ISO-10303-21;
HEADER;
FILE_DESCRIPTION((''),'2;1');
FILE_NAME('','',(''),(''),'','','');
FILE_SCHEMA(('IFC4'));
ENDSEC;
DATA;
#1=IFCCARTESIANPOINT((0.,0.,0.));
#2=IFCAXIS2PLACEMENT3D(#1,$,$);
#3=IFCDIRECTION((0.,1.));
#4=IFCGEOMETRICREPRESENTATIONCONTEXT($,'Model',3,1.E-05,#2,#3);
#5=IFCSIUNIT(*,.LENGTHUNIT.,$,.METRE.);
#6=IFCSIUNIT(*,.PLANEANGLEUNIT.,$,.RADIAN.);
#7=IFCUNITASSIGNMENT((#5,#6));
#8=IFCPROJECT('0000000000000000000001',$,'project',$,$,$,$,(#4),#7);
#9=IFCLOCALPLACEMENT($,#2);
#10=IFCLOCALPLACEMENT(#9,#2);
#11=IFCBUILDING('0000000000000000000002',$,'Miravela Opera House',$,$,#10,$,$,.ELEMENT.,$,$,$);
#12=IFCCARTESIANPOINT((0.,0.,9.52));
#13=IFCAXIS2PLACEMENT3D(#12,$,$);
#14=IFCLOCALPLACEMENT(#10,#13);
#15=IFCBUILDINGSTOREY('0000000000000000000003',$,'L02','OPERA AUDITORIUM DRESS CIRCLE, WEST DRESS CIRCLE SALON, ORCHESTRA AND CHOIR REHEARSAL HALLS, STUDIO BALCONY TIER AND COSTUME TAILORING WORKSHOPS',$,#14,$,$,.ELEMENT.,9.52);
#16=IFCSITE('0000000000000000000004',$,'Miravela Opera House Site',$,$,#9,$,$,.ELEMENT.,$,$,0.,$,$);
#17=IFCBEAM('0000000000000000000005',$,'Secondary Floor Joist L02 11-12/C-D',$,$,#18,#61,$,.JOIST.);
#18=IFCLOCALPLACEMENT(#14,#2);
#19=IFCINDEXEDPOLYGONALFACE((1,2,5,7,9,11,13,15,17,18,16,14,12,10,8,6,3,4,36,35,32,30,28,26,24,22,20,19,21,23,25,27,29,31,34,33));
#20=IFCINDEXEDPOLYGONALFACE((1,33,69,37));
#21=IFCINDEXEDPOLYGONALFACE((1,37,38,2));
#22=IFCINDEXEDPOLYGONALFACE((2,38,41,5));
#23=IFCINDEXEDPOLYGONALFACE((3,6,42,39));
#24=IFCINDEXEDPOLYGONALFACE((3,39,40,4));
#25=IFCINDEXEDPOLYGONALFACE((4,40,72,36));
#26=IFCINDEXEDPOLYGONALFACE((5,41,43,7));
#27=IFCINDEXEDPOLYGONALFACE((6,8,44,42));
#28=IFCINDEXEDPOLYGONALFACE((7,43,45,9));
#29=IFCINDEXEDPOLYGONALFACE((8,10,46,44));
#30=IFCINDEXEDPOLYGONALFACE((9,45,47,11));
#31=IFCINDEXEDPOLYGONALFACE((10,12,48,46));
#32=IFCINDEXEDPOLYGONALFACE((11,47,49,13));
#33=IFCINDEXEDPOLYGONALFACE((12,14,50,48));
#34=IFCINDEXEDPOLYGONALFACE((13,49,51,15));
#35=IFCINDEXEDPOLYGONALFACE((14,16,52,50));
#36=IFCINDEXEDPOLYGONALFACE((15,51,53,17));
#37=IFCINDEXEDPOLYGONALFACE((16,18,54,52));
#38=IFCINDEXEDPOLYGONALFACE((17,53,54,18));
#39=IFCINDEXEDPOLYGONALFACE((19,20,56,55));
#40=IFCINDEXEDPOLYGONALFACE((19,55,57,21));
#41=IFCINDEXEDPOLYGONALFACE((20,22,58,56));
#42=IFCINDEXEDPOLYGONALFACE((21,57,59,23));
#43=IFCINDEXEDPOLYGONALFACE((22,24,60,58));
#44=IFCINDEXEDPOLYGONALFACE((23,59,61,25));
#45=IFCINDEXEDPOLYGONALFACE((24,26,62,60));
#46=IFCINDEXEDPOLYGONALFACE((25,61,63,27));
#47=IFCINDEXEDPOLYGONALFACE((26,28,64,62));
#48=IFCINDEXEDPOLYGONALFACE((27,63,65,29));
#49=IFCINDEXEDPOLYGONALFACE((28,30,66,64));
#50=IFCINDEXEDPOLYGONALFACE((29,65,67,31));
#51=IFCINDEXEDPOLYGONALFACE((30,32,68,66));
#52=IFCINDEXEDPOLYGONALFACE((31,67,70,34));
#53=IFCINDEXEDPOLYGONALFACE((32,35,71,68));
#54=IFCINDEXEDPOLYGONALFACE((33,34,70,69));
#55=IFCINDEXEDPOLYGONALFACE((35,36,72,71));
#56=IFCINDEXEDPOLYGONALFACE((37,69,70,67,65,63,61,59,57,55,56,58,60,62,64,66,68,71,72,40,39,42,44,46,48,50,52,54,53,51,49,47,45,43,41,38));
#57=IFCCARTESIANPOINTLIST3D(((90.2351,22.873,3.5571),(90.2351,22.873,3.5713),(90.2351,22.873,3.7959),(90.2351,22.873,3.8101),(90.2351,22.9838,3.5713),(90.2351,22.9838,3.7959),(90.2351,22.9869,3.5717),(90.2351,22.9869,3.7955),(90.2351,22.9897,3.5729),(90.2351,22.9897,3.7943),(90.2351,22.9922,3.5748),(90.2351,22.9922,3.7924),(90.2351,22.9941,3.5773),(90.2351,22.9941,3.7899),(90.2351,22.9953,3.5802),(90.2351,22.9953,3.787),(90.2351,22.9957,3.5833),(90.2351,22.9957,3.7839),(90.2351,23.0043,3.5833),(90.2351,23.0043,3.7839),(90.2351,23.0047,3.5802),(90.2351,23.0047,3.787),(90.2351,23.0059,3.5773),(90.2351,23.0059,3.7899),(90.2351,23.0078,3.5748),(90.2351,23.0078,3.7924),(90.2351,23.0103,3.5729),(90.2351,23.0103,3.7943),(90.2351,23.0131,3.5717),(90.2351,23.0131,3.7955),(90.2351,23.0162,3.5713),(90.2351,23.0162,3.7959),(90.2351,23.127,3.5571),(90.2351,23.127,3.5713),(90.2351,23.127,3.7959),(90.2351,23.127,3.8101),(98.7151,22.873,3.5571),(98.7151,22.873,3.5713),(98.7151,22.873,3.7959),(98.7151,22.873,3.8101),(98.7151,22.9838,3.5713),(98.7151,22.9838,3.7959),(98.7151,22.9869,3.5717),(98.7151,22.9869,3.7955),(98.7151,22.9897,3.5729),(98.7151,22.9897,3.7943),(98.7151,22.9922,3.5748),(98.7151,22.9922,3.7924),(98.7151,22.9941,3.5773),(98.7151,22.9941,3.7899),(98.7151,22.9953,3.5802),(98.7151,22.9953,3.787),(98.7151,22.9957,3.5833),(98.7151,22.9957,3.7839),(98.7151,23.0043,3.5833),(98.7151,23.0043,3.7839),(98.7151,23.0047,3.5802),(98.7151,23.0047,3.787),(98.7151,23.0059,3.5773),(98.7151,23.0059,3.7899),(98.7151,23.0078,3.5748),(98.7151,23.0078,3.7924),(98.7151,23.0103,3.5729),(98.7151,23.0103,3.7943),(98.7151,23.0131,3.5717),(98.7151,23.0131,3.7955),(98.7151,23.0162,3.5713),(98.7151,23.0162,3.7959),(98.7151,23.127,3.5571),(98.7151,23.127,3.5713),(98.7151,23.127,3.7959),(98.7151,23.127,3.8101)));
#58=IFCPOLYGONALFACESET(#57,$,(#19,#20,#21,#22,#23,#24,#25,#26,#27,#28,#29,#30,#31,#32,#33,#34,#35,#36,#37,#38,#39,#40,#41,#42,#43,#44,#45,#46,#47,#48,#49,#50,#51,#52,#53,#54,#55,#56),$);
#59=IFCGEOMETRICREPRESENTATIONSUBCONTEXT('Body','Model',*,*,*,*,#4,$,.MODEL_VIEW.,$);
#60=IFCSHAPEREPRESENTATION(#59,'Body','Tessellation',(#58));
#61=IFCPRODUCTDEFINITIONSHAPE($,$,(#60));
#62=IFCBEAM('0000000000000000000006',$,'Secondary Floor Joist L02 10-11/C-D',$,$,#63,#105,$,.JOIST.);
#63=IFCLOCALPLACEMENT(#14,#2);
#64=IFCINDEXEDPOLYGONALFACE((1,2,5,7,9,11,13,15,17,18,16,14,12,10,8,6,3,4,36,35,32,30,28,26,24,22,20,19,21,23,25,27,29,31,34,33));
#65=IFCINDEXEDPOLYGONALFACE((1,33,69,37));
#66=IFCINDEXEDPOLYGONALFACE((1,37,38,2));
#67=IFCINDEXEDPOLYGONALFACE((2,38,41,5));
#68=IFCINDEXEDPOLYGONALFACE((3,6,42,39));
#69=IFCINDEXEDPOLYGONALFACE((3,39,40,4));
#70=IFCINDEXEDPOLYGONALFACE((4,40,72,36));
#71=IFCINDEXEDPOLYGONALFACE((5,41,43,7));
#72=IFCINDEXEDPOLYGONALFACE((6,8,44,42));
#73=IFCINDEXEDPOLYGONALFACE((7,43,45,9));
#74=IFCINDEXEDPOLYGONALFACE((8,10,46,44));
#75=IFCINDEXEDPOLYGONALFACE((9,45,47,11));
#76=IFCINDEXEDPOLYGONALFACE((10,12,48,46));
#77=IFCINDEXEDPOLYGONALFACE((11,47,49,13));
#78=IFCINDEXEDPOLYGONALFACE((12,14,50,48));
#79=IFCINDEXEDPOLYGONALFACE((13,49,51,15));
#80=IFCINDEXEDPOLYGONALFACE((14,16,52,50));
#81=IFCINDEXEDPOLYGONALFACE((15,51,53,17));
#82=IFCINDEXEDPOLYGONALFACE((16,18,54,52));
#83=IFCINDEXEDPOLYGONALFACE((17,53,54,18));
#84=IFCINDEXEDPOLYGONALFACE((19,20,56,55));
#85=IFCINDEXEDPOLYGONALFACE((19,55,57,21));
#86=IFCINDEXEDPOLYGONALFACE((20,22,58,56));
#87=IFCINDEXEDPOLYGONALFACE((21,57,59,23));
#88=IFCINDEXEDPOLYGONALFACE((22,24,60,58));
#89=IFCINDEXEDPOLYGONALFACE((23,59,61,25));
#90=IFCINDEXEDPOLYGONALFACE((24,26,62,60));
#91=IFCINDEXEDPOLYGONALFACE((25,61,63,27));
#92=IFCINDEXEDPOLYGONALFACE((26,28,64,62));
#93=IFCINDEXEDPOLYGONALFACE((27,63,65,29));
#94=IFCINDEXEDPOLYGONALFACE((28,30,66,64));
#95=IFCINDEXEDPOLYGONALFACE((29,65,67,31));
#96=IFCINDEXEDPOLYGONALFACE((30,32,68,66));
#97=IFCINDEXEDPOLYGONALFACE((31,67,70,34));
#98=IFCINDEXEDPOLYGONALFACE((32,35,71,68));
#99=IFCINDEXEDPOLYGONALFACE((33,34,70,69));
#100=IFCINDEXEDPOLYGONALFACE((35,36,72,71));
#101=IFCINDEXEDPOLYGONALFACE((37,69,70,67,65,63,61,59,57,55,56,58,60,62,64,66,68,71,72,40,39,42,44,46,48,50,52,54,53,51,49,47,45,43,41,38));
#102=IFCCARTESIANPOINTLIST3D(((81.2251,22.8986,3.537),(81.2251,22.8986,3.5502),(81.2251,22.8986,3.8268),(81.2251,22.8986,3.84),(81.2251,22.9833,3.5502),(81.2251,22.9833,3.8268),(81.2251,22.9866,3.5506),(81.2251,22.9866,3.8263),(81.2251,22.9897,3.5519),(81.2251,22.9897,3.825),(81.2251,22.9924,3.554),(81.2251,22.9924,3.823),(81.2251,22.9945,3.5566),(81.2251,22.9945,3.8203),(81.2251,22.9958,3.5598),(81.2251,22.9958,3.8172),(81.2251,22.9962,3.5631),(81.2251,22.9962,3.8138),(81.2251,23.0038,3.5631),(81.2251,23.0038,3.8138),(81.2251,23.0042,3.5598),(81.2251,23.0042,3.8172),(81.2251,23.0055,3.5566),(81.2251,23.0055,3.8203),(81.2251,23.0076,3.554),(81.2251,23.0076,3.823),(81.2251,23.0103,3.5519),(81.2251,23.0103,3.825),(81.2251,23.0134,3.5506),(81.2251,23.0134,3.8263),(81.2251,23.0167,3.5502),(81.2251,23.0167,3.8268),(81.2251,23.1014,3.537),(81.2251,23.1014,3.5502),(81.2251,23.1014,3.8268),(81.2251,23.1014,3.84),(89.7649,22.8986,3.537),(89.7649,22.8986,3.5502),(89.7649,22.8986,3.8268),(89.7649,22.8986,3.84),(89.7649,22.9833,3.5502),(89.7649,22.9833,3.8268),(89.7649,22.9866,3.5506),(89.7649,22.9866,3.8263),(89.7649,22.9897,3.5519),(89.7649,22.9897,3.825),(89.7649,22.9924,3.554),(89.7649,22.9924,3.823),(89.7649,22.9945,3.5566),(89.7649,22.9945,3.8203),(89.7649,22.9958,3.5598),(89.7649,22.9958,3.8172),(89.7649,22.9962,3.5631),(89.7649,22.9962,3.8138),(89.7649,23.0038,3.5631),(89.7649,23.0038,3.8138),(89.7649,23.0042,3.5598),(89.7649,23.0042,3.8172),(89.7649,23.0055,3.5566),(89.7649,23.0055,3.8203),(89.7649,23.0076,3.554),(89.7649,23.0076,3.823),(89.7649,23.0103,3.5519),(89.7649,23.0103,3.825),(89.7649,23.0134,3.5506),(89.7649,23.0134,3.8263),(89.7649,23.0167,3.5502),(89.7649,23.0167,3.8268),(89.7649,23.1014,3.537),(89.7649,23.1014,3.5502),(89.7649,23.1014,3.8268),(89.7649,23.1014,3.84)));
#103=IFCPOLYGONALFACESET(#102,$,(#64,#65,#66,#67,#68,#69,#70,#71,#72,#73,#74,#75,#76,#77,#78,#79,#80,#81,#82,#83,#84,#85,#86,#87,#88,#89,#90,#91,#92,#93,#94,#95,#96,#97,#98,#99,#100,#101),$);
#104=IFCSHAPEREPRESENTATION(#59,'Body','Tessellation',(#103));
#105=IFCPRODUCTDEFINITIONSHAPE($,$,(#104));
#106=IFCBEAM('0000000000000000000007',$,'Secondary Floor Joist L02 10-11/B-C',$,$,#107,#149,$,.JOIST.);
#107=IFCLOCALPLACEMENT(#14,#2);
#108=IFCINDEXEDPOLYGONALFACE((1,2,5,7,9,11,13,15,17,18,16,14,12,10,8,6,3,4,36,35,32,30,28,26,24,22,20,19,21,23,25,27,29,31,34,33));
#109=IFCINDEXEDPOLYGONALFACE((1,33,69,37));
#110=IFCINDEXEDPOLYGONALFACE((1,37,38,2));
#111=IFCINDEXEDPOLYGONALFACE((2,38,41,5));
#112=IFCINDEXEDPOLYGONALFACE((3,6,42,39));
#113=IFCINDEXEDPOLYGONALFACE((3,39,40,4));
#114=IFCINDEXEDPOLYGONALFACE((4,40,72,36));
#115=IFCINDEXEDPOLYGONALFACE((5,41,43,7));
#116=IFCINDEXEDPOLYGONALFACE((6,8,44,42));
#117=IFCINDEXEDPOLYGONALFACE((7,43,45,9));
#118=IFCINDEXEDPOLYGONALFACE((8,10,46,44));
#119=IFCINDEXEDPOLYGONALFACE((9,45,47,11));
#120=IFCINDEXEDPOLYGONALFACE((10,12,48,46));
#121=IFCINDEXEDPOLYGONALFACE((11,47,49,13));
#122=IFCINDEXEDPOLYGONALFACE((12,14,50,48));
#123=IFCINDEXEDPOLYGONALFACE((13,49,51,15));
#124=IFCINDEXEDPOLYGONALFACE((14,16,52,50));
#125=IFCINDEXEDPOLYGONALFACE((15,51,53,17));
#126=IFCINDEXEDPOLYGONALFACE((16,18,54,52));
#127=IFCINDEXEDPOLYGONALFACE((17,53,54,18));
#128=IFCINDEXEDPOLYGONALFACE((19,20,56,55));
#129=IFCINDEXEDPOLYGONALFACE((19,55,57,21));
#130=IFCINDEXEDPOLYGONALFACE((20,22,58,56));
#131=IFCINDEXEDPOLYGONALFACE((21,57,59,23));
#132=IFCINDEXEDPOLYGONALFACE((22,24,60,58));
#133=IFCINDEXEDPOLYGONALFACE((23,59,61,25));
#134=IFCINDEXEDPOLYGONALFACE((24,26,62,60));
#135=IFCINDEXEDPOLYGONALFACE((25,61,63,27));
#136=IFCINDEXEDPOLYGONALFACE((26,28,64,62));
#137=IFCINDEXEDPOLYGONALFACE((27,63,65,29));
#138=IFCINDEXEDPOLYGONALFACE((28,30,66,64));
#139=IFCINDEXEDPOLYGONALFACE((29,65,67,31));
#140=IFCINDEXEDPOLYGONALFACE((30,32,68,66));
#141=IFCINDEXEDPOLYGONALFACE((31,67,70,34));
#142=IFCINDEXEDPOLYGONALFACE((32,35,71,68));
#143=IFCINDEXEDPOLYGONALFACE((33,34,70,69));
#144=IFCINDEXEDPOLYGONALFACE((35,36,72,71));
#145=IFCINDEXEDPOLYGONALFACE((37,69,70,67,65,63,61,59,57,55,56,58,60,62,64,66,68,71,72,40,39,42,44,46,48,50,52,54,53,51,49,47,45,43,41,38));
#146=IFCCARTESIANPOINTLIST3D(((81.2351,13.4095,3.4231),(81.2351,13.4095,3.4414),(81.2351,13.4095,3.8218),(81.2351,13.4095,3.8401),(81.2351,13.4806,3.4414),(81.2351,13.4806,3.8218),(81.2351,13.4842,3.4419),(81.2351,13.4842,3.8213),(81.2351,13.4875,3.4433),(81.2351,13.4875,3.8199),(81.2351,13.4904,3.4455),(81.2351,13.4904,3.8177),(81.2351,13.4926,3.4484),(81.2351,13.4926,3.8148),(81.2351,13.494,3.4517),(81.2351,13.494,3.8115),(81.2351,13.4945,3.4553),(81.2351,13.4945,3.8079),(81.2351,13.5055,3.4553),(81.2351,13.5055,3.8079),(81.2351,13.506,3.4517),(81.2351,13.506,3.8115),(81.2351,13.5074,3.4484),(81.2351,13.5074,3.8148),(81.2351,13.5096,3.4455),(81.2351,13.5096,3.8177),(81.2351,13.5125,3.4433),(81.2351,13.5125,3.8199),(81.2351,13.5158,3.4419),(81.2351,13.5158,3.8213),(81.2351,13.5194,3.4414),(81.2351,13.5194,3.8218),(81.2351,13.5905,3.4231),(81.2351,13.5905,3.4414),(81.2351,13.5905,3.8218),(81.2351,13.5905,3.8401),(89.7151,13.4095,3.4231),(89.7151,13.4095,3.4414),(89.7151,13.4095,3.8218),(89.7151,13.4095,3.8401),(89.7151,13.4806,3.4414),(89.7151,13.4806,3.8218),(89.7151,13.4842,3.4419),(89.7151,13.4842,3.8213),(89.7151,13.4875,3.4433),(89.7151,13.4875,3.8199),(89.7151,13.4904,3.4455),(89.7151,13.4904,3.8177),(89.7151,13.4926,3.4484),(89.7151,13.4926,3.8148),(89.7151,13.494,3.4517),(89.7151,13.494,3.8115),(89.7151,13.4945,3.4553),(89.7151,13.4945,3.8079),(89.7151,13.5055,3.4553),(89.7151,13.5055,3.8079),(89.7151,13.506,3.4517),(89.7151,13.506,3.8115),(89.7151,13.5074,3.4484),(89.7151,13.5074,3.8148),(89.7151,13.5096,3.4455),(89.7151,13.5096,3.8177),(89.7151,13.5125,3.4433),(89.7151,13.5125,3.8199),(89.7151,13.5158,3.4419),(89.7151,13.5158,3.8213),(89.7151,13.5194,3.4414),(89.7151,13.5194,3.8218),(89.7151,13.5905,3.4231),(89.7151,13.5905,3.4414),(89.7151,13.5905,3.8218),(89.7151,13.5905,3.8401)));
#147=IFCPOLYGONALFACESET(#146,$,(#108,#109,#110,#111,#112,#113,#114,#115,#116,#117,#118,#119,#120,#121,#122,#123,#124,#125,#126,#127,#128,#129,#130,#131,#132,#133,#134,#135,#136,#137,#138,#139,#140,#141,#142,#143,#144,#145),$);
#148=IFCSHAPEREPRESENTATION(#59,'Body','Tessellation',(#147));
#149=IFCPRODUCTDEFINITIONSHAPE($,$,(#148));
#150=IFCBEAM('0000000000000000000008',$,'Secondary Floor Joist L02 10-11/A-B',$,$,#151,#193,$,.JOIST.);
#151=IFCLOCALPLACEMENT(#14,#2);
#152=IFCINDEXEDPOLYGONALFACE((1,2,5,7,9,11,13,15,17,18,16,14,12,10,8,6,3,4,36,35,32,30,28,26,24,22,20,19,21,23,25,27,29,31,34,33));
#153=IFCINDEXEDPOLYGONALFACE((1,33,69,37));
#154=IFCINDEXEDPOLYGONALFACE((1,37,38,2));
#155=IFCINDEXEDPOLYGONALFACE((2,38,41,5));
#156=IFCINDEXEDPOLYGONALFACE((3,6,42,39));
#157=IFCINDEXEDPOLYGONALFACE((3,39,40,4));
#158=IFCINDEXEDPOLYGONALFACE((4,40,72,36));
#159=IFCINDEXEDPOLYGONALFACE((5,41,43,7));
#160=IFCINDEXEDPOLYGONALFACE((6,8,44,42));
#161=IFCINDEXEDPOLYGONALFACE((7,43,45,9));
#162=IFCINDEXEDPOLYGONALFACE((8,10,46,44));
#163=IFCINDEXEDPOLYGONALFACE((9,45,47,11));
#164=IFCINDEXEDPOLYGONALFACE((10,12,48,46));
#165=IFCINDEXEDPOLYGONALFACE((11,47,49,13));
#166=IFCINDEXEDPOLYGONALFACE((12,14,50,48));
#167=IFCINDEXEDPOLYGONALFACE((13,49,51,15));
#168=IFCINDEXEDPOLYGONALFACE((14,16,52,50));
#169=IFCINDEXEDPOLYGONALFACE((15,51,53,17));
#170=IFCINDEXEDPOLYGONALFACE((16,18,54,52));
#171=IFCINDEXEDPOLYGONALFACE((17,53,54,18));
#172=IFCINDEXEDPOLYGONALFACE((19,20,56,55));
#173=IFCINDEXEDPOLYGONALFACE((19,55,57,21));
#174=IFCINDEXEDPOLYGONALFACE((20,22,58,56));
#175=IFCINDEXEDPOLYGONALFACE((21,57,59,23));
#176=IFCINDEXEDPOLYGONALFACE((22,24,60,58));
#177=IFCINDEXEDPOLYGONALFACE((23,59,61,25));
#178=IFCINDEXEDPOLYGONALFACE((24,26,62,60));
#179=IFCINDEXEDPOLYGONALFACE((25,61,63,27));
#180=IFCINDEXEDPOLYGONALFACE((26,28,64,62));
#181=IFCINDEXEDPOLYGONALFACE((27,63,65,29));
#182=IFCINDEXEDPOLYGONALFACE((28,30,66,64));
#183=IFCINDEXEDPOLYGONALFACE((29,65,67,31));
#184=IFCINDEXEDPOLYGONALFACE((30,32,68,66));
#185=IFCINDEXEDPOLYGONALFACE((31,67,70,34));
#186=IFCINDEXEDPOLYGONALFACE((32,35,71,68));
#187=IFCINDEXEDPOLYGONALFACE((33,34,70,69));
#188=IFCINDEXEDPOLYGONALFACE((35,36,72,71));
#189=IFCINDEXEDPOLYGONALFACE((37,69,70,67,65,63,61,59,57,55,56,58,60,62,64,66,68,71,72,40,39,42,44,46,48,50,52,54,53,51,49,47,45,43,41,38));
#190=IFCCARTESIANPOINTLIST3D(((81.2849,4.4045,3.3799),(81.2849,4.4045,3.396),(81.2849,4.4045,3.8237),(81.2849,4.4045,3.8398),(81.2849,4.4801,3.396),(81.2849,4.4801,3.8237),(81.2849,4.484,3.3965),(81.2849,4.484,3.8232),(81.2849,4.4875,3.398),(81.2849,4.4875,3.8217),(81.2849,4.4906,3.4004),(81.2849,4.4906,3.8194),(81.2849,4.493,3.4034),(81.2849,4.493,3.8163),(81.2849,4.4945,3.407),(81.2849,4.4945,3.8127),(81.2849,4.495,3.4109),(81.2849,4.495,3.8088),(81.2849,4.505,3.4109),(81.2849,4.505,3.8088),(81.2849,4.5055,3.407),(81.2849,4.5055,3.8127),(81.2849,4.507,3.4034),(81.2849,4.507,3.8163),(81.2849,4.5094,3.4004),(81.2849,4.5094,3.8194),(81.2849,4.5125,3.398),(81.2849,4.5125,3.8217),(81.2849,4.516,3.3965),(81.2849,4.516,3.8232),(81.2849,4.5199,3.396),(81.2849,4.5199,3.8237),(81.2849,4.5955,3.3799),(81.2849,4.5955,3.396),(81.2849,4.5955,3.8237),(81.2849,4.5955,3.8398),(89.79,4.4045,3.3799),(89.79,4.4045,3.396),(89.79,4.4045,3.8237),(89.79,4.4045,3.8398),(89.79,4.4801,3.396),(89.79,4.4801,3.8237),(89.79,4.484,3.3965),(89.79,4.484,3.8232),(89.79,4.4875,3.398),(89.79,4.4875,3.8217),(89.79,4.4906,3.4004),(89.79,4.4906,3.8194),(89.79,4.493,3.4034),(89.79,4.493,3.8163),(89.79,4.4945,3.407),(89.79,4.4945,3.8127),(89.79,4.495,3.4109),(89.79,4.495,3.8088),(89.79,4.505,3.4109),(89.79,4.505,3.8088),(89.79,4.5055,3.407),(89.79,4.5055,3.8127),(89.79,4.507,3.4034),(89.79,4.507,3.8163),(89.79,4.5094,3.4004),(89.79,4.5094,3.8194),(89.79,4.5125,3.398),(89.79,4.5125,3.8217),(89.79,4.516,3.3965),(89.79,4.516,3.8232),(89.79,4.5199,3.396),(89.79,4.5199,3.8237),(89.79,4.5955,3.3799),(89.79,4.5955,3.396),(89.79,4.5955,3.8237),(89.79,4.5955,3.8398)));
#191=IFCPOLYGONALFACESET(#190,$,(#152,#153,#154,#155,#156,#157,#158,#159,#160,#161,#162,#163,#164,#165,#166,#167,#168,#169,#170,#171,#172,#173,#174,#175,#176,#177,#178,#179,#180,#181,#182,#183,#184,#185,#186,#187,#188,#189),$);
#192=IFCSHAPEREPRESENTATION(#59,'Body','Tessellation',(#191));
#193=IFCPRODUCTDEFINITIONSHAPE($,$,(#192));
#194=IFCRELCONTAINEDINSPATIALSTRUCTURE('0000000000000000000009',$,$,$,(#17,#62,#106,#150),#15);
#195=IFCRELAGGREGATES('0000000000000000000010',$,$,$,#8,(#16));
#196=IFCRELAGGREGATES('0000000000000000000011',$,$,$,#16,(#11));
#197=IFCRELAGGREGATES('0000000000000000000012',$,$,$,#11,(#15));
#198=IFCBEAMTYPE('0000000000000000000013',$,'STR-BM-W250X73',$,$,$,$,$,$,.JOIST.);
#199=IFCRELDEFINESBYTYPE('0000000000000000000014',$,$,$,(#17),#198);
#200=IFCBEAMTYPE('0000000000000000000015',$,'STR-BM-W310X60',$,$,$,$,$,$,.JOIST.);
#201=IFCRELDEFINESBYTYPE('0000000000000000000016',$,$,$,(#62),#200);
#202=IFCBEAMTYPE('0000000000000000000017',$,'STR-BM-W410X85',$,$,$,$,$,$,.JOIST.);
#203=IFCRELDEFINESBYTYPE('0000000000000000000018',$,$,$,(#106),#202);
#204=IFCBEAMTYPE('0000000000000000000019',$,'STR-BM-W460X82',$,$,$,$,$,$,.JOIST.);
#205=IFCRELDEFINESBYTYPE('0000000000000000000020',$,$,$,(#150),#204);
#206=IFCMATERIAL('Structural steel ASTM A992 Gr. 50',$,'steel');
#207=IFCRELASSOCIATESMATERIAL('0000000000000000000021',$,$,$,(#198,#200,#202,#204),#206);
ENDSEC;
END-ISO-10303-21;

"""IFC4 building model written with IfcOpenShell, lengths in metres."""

from ifc_helpers import new_model, si_unit, direction, frame, origin, origin_2d, place, context, subcontext, project, spatial, i_section, extrude, material, material_profile, profile_set, type_object, element, save


model = new_model("IFC4")

# Units and contexts
model_context = context("Model", 3, precision=1e-05, world=origin(), true_north=direction((0.0, 1.0)))
body_context = subcontext(model_context, "Body", "Model", "MODEL_VIEW")
ifc_project = project(units=[si_unit("LENGTHUNIT", "METRE"), si_unit("PLANEANGLEUNIT", "RADIAN")], contexts=[model_context])

# Site, building, storey
site_placement = place(None, origin())
site = spatial("IfcSite", under=ifc_project, at=site_placement, Name="Miravela Opera House Site", CompositionType="ELEMENT", RefElevation=0.0)
building_placement = place(site_placement, origin())
building = spatial("IfcBuilding", under=site, at=building_placement, Name="Miravela Opera House", CompositionType="ELEMENT")
storey_placement = place(building_placement, frame((0.0, 0.0, 9.52)))
storey = spatial("IfcBuildingStorey", under=building, at=storey_placement, Name="L02", Description="OPERA AUDITORIUM DRESS CIRCLE, WEST DRESS CIRCLE SALON, ORCHESTRA AND CHOIR REHEARSAL HALLS, STUDIO BALCONY TIER AND COSTUME TAILORING WORKSHOPS", CompositionType="ELEMENT", Elevation=9.52)

# Beams
ifc_material_1 = material(Name="Structural steel ASTM A992 Gr. 50", Category="steel")
ifc_material_profile_1 = material_profile(ifc_material_1, i_section(OverallWidth=0.2539, OverallDepth=0.2529, WebThickness=0.0085, FlangeThickness=0.0142, FilletRadius=0.012, at=origin_2d()), Name="W250X73")
ifc_profile_set_1 = profile_set([ifc_material_profile_1])
beam_type_1 = type_object("IfcBeamType", Name="STR-BM-W250X73", PredefinedType="JOIST", material=ifc_profile_set_1)
beam_1_placement = place(storey_placement, frame((90.2351, 23.0, 3.6836), z_axis=(1.0, 0.0, 0.0), x_axis=(0.0, 1.0, 0.0)))
element("IfcBeam", 1, at=beam_1_placement, inside=storey, type_object=beam_type_1, Name="Secondary Floor Joist L02 11-12/C-D", PredefinedType="JOIST", context=body_context, shape_type="SweptSolid", body=[
    extrude(i_section(OverallWidth=0.2539, OverallDepth=0.2529, WebThickness=0.0085, FlangeThickness=0.0142, FilletRadius=0.012, at=origin_2d()), origin(), (0.0, 0.0, 1.0), 8.48),
])
ifc_material_profile_2 = material_profile(ifc_material_1, i_section(OverallWidth=0.2029, OverallDepth=0.303, WebThickness=0.0076, FlangeThickness=0.0132, FilletRadius=0.0129, at=origin_2d()), Name="W310X60")
ifc_profile_set_2 = profile_set([ifc_material_profile_2])
beam_type_2 = type_object("IfcBeamType", Name="STR-BM-W310X60", PredefinedType="JOIST", material=ifc_profile_set_2)
beam_2_placement = place(storey_placement, frame((81.2251, 23.0, 3.6885), z_axis=(1.0, 0.0, 0.0), x_axis=(0.0, 1.0, 0.0)))
element("IfcBeam", 2, at=beam_2_placement, inside=storey, type_object=beam_type_2, Name="Secondary Floor Joist L02 10-11/C-D", PredefinedType="JOIST", context=body_context, shape_type="SweptSolid", body=[
    extrude(i_section(OverallWidth=0.2029, OverallDepth=0.303, WebThickness=0.0076, FlangeThickness=0.0132, FilletRadius=0.0129, at=origin_2d()), origin(), (0.0, 0.0, 1.0), 8.5398),
])
ifc_material_profile_3 = material_profile(ifc_material_1, i_section(OverallWidth=0.1809, OverallDepth=0.417, WebThickness=0.011, FlangeThickness=0.0183, FilletRadius=0.0139, at=origin_2d()), Name="W410X85")
ifc_profile_set_3 = profile_set([ifc_material_profile_3])
beam_type_3 = type_object("IfcBeamType", Name="STR-BM-W410X85", PredefinedType="JOIST", material=ifc_profile_set_3)
beam_3_placement = place(storey_placement, frame((81.2351, 13.5, 3.6316), z_axis=(1.0, 0.0, 0.0), x_axis=(0.0, 1.0, 0.0)))
element("IfcBeam", 3, at=beam_3_placement, inside=storey, type_object=beam_type_3, Name="Secondary Floor Joist L02 10-11/B-C", PredefinedType="JOIST", context=body_context, shape_type="SweptSolid", body=[
    extrude(i_section(OverallWidth=0.1809, OverallDepth=0.417, WebThickness=0.011, FlangeThickness=0.0183, FilletRadius=0.0139, at=origin_2d()), origin(), (0.0, 0.0, 1.0), 8.48),
])
ifc_material_profile_4 = material_profile(ifc_material_1, i_section(OverallWidth=0.1909, OverallDepth=0.46, WebThickness=0.01, FlangeThickness=0.0161, FilletRadius=0.0149, at=origin_2d()), Name="W460X82")
ifc_profile_set_4 = profile_set([ifc_material_profile_4])
beam_type_4 = type_object("IfcBeamType", Name="STR-BM-W460X82", PredefinedType="JOIST", material=ifc_profile_set_4)
beam_4_placement = place(storey_placement, frame((81.2849, 4.5, 3.6099), z_axis=(1.0, 0.0, 0.0), x_axis=(0.0, 1.0, 0.0)))
element("IfcBeam", 4, at=beam_4_placement, inside=storey, type_object=beam_type_4, Name="Secondary Floor Joist L02 10-11/A-B", PredefinedType="JOIST", context=body_context, shape_type="SweptSolid", body=[
    extrude(i_section(OverallWidth=0.1909, OverallDepth=0.46, WebThickness=0.01, FlangeThickness=0.0161, FilletRadius=0.0149, at=origin_2d()), origin(), (0.0, 0.0, 1.0), 8.5051),
])

save(model, "model.ifc")
